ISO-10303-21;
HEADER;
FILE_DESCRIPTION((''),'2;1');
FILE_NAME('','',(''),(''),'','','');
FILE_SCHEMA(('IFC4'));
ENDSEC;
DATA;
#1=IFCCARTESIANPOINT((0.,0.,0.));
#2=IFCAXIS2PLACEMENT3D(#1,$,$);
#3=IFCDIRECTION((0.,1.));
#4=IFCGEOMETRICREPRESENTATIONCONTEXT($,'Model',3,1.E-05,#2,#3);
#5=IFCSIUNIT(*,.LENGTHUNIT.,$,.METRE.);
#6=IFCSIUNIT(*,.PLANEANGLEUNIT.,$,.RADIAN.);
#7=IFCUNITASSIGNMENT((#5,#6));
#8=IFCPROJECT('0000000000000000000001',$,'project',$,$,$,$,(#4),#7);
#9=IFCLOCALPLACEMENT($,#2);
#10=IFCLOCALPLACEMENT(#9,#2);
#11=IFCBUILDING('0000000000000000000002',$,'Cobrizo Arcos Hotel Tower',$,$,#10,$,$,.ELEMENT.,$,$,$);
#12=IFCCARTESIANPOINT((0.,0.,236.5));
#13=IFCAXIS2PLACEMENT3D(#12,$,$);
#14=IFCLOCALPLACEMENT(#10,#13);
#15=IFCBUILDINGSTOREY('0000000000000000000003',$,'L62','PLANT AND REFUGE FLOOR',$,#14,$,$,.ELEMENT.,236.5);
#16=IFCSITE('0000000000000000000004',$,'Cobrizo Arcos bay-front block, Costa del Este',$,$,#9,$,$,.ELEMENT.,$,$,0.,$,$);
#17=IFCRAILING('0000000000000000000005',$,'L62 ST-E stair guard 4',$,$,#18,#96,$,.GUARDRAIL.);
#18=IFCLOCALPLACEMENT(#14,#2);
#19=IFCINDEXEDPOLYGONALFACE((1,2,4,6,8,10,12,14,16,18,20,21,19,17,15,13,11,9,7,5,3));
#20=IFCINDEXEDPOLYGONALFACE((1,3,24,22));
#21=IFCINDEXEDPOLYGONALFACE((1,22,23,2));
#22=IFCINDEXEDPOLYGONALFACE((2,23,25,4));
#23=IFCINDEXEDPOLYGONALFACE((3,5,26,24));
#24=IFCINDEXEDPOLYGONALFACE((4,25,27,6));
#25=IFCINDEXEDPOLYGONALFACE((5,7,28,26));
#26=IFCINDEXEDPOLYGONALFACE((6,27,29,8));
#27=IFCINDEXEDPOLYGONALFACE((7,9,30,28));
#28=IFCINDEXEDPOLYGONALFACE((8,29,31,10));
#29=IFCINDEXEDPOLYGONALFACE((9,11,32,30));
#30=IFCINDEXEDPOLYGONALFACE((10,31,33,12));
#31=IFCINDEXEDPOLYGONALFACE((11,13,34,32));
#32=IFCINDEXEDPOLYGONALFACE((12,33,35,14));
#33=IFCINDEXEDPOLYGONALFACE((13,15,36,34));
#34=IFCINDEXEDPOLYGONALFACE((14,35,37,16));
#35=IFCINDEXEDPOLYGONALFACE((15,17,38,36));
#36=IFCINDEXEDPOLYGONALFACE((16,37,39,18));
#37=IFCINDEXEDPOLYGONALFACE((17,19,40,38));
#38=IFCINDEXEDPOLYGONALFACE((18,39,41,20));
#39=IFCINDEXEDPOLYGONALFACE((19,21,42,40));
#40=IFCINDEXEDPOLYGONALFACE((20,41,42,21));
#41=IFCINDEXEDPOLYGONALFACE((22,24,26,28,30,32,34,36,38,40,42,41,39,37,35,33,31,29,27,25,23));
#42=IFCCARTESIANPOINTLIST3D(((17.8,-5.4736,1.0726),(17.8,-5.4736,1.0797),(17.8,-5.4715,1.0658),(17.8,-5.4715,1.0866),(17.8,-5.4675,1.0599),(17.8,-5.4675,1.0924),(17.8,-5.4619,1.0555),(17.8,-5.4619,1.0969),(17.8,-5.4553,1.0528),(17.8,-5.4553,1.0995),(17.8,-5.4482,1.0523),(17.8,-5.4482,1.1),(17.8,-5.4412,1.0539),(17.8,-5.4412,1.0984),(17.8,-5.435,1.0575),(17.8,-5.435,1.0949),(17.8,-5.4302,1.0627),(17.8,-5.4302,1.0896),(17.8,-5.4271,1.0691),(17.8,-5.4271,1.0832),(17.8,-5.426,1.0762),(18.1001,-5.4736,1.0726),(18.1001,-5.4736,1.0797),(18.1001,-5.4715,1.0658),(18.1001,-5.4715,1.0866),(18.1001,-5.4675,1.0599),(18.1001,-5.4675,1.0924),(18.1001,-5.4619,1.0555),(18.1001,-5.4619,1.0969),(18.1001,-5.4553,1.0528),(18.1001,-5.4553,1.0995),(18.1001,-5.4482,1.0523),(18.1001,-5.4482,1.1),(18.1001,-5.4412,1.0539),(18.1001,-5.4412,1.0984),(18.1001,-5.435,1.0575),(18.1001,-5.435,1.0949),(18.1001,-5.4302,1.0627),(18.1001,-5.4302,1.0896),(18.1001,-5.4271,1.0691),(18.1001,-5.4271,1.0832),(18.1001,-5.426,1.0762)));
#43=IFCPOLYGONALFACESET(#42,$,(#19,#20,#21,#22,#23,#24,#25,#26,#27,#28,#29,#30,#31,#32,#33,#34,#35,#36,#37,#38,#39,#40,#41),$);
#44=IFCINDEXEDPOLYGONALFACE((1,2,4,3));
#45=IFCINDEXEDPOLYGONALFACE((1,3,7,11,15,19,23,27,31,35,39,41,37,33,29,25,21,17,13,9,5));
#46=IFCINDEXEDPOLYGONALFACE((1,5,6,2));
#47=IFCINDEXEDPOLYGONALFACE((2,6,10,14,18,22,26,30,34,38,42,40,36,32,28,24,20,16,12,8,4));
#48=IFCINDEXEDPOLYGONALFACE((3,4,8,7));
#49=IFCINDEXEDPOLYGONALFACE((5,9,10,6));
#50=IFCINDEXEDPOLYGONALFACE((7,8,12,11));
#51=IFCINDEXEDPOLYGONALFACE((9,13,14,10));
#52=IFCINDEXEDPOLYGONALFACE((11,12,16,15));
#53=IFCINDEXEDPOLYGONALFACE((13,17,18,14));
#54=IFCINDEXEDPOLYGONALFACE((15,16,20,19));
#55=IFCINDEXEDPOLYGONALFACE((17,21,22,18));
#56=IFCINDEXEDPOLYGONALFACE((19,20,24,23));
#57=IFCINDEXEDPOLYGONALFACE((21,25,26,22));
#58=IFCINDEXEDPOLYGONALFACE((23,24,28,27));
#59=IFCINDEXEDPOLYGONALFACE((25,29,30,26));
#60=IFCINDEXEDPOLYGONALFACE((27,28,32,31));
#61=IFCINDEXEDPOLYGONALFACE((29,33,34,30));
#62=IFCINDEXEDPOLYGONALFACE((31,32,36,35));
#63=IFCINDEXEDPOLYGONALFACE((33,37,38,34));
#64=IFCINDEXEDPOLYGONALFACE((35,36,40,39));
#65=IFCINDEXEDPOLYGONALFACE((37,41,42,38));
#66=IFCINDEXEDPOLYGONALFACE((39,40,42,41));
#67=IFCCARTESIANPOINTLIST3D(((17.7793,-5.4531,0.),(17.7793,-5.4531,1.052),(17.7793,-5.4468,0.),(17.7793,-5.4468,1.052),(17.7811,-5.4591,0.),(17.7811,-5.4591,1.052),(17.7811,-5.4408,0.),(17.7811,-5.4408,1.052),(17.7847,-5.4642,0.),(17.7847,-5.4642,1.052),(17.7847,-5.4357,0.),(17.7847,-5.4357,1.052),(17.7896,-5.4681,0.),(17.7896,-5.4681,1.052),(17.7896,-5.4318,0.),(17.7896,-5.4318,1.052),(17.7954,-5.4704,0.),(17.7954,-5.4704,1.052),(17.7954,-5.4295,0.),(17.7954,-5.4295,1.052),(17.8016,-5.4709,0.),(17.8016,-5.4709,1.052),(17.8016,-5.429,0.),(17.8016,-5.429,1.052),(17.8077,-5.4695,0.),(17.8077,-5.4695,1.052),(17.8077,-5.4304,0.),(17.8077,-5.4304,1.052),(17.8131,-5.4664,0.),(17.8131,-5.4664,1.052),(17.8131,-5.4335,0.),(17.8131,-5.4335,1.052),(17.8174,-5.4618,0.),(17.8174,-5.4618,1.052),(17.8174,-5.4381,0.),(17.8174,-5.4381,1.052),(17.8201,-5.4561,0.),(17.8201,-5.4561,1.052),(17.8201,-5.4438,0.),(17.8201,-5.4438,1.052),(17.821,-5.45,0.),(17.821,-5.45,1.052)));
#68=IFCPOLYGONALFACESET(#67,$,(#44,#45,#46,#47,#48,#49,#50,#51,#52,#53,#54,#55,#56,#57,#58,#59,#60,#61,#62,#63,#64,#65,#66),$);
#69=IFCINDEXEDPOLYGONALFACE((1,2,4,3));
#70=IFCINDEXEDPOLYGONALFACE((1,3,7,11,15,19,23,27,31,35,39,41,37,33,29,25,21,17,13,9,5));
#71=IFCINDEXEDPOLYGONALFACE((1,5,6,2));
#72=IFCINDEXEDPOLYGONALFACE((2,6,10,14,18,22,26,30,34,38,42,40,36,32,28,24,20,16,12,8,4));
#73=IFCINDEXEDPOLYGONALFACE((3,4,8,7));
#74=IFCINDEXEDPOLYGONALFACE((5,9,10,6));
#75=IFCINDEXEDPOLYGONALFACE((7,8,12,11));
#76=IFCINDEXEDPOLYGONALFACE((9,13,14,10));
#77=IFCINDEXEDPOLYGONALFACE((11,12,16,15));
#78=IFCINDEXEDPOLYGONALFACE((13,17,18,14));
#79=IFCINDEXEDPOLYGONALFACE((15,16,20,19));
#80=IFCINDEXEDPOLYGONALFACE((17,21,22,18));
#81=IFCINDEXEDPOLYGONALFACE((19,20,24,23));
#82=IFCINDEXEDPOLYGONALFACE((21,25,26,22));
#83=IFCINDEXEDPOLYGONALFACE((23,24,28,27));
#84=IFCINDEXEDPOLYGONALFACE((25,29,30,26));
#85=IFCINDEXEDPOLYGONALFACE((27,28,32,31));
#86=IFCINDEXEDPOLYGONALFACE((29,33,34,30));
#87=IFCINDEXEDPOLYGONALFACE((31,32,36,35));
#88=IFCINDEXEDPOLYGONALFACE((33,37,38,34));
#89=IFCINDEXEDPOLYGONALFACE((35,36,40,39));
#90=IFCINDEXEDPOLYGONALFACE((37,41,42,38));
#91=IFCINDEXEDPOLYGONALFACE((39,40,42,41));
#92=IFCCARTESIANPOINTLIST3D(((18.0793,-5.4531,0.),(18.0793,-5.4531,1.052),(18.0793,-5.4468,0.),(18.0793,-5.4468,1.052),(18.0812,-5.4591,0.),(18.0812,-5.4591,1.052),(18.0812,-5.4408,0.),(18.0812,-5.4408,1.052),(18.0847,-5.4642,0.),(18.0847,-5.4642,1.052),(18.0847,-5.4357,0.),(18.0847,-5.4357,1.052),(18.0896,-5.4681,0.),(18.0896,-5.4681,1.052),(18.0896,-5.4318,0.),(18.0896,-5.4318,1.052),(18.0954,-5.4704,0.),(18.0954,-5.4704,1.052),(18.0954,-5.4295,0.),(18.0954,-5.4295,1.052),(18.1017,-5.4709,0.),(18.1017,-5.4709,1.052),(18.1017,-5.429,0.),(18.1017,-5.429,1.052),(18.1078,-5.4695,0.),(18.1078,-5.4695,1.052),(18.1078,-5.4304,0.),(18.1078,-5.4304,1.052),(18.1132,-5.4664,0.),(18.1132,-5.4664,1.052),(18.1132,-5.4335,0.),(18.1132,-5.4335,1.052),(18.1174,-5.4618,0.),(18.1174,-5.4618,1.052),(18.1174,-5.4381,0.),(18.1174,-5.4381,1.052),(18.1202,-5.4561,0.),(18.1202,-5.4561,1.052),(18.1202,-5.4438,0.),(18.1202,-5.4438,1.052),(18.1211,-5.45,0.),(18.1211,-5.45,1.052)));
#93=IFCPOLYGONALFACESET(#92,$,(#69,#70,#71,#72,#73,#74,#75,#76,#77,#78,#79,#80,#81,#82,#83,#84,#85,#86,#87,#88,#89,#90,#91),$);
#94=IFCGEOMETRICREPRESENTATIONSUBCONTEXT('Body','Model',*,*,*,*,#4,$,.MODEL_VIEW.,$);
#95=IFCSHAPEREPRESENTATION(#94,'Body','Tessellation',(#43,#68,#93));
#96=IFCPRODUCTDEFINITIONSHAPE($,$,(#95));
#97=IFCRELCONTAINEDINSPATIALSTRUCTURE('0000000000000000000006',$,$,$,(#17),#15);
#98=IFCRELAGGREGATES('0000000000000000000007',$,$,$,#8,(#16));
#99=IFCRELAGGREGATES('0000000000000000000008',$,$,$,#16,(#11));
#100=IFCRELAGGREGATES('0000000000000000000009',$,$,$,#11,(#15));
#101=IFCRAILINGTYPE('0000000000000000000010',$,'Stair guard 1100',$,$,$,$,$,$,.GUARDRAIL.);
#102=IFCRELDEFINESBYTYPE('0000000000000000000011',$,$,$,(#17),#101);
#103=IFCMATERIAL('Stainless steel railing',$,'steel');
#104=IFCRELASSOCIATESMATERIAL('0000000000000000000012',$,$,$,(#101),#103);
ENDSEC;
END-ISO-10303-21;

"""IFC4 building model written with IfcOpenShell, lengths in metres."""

from ifc_helpers import new_model, si_unit, direction, frame, origin, origin_2d, place, context, subcontext, project, spatial, circle, extrude, material, type_object, element, save


model = new_model("IFC4")

# Units and contexts
model_context = context("Model", 3, precision=1e-05, world=origin(), true_north=direction((0.0, 1.0)))
body_context = subcontext(model_context, "Body", "Model", "MODEL_VIEW")
ifc_project = project(units=[si_unit("LENGTHUNIT", "METRE"), si_unit("PLANEANGLEUNIT", "RADIAN")], contexts=[model_context])

# Site, building, storey
site_placement = place(None, origin())
site = spatial("IfcSite", under=ifc_project, at=site_placement, Name="Cobrizo Arcos bay-front block, Costa del Este", CompositionType="ELEMENT", RefElevation=0.0)
building_placement = place(site_placement, origin())
building = spatial("IfcBuilding", under=site, at=building_placement, Name="Cobrizo Arcos Hotel Tower", CompositionType="ELEMENT")
storey_placement = place(building_placement, frame((0.0, 0.0, 236.5)))
storey = spatial("IfcBuildingStorey", under=building, at=storey_placement, Name="L62", Description="PLANT AND REFUGE FLOOR", CompositionType="ELEMENT", Elevation=236.5)

# Railing
ifc_material_1 = material(Name="Stainless steel railing", Category="steel")
railing_type_1 = type_object("IfcRailingType", Name="Stair guard 1100", PredefinedType="GUARDRAIL", material=ifc_material_1)
railing_1_placement = place(storey_placement, frame((17.8, -5.45, 0.0)))
element("IfcRailing", 1, at=railing_1_placement, inside=storey, type_object=railing_type_1, Name="L62 ST-E stair guard 4", PredefinedType="GUARDRAIL", context=body_context, shape_type="SweptSolid", body=[
    extrude(circle(Radius=0.0239, at=origin_2d()), frame((0.0, 0.0, 1.0762), z_axis=(1.0, 0.0, 0.0), x_axis=(0.0, 1.0, 0.0)), (0.0, 0.0, 1.0), 0.3),
    extrude(circle(Radius=0.021, at=origin_2d()), origin(), (0.0, 0.0, 1.0), 1.052),
    extrude(circle(Radius=0.021, at=origin_2d()), frame((0.3, 0.0, 0.0)), (0.0, 0.0, 1.0), 1.052),
])

save(model, "model.ifc")
